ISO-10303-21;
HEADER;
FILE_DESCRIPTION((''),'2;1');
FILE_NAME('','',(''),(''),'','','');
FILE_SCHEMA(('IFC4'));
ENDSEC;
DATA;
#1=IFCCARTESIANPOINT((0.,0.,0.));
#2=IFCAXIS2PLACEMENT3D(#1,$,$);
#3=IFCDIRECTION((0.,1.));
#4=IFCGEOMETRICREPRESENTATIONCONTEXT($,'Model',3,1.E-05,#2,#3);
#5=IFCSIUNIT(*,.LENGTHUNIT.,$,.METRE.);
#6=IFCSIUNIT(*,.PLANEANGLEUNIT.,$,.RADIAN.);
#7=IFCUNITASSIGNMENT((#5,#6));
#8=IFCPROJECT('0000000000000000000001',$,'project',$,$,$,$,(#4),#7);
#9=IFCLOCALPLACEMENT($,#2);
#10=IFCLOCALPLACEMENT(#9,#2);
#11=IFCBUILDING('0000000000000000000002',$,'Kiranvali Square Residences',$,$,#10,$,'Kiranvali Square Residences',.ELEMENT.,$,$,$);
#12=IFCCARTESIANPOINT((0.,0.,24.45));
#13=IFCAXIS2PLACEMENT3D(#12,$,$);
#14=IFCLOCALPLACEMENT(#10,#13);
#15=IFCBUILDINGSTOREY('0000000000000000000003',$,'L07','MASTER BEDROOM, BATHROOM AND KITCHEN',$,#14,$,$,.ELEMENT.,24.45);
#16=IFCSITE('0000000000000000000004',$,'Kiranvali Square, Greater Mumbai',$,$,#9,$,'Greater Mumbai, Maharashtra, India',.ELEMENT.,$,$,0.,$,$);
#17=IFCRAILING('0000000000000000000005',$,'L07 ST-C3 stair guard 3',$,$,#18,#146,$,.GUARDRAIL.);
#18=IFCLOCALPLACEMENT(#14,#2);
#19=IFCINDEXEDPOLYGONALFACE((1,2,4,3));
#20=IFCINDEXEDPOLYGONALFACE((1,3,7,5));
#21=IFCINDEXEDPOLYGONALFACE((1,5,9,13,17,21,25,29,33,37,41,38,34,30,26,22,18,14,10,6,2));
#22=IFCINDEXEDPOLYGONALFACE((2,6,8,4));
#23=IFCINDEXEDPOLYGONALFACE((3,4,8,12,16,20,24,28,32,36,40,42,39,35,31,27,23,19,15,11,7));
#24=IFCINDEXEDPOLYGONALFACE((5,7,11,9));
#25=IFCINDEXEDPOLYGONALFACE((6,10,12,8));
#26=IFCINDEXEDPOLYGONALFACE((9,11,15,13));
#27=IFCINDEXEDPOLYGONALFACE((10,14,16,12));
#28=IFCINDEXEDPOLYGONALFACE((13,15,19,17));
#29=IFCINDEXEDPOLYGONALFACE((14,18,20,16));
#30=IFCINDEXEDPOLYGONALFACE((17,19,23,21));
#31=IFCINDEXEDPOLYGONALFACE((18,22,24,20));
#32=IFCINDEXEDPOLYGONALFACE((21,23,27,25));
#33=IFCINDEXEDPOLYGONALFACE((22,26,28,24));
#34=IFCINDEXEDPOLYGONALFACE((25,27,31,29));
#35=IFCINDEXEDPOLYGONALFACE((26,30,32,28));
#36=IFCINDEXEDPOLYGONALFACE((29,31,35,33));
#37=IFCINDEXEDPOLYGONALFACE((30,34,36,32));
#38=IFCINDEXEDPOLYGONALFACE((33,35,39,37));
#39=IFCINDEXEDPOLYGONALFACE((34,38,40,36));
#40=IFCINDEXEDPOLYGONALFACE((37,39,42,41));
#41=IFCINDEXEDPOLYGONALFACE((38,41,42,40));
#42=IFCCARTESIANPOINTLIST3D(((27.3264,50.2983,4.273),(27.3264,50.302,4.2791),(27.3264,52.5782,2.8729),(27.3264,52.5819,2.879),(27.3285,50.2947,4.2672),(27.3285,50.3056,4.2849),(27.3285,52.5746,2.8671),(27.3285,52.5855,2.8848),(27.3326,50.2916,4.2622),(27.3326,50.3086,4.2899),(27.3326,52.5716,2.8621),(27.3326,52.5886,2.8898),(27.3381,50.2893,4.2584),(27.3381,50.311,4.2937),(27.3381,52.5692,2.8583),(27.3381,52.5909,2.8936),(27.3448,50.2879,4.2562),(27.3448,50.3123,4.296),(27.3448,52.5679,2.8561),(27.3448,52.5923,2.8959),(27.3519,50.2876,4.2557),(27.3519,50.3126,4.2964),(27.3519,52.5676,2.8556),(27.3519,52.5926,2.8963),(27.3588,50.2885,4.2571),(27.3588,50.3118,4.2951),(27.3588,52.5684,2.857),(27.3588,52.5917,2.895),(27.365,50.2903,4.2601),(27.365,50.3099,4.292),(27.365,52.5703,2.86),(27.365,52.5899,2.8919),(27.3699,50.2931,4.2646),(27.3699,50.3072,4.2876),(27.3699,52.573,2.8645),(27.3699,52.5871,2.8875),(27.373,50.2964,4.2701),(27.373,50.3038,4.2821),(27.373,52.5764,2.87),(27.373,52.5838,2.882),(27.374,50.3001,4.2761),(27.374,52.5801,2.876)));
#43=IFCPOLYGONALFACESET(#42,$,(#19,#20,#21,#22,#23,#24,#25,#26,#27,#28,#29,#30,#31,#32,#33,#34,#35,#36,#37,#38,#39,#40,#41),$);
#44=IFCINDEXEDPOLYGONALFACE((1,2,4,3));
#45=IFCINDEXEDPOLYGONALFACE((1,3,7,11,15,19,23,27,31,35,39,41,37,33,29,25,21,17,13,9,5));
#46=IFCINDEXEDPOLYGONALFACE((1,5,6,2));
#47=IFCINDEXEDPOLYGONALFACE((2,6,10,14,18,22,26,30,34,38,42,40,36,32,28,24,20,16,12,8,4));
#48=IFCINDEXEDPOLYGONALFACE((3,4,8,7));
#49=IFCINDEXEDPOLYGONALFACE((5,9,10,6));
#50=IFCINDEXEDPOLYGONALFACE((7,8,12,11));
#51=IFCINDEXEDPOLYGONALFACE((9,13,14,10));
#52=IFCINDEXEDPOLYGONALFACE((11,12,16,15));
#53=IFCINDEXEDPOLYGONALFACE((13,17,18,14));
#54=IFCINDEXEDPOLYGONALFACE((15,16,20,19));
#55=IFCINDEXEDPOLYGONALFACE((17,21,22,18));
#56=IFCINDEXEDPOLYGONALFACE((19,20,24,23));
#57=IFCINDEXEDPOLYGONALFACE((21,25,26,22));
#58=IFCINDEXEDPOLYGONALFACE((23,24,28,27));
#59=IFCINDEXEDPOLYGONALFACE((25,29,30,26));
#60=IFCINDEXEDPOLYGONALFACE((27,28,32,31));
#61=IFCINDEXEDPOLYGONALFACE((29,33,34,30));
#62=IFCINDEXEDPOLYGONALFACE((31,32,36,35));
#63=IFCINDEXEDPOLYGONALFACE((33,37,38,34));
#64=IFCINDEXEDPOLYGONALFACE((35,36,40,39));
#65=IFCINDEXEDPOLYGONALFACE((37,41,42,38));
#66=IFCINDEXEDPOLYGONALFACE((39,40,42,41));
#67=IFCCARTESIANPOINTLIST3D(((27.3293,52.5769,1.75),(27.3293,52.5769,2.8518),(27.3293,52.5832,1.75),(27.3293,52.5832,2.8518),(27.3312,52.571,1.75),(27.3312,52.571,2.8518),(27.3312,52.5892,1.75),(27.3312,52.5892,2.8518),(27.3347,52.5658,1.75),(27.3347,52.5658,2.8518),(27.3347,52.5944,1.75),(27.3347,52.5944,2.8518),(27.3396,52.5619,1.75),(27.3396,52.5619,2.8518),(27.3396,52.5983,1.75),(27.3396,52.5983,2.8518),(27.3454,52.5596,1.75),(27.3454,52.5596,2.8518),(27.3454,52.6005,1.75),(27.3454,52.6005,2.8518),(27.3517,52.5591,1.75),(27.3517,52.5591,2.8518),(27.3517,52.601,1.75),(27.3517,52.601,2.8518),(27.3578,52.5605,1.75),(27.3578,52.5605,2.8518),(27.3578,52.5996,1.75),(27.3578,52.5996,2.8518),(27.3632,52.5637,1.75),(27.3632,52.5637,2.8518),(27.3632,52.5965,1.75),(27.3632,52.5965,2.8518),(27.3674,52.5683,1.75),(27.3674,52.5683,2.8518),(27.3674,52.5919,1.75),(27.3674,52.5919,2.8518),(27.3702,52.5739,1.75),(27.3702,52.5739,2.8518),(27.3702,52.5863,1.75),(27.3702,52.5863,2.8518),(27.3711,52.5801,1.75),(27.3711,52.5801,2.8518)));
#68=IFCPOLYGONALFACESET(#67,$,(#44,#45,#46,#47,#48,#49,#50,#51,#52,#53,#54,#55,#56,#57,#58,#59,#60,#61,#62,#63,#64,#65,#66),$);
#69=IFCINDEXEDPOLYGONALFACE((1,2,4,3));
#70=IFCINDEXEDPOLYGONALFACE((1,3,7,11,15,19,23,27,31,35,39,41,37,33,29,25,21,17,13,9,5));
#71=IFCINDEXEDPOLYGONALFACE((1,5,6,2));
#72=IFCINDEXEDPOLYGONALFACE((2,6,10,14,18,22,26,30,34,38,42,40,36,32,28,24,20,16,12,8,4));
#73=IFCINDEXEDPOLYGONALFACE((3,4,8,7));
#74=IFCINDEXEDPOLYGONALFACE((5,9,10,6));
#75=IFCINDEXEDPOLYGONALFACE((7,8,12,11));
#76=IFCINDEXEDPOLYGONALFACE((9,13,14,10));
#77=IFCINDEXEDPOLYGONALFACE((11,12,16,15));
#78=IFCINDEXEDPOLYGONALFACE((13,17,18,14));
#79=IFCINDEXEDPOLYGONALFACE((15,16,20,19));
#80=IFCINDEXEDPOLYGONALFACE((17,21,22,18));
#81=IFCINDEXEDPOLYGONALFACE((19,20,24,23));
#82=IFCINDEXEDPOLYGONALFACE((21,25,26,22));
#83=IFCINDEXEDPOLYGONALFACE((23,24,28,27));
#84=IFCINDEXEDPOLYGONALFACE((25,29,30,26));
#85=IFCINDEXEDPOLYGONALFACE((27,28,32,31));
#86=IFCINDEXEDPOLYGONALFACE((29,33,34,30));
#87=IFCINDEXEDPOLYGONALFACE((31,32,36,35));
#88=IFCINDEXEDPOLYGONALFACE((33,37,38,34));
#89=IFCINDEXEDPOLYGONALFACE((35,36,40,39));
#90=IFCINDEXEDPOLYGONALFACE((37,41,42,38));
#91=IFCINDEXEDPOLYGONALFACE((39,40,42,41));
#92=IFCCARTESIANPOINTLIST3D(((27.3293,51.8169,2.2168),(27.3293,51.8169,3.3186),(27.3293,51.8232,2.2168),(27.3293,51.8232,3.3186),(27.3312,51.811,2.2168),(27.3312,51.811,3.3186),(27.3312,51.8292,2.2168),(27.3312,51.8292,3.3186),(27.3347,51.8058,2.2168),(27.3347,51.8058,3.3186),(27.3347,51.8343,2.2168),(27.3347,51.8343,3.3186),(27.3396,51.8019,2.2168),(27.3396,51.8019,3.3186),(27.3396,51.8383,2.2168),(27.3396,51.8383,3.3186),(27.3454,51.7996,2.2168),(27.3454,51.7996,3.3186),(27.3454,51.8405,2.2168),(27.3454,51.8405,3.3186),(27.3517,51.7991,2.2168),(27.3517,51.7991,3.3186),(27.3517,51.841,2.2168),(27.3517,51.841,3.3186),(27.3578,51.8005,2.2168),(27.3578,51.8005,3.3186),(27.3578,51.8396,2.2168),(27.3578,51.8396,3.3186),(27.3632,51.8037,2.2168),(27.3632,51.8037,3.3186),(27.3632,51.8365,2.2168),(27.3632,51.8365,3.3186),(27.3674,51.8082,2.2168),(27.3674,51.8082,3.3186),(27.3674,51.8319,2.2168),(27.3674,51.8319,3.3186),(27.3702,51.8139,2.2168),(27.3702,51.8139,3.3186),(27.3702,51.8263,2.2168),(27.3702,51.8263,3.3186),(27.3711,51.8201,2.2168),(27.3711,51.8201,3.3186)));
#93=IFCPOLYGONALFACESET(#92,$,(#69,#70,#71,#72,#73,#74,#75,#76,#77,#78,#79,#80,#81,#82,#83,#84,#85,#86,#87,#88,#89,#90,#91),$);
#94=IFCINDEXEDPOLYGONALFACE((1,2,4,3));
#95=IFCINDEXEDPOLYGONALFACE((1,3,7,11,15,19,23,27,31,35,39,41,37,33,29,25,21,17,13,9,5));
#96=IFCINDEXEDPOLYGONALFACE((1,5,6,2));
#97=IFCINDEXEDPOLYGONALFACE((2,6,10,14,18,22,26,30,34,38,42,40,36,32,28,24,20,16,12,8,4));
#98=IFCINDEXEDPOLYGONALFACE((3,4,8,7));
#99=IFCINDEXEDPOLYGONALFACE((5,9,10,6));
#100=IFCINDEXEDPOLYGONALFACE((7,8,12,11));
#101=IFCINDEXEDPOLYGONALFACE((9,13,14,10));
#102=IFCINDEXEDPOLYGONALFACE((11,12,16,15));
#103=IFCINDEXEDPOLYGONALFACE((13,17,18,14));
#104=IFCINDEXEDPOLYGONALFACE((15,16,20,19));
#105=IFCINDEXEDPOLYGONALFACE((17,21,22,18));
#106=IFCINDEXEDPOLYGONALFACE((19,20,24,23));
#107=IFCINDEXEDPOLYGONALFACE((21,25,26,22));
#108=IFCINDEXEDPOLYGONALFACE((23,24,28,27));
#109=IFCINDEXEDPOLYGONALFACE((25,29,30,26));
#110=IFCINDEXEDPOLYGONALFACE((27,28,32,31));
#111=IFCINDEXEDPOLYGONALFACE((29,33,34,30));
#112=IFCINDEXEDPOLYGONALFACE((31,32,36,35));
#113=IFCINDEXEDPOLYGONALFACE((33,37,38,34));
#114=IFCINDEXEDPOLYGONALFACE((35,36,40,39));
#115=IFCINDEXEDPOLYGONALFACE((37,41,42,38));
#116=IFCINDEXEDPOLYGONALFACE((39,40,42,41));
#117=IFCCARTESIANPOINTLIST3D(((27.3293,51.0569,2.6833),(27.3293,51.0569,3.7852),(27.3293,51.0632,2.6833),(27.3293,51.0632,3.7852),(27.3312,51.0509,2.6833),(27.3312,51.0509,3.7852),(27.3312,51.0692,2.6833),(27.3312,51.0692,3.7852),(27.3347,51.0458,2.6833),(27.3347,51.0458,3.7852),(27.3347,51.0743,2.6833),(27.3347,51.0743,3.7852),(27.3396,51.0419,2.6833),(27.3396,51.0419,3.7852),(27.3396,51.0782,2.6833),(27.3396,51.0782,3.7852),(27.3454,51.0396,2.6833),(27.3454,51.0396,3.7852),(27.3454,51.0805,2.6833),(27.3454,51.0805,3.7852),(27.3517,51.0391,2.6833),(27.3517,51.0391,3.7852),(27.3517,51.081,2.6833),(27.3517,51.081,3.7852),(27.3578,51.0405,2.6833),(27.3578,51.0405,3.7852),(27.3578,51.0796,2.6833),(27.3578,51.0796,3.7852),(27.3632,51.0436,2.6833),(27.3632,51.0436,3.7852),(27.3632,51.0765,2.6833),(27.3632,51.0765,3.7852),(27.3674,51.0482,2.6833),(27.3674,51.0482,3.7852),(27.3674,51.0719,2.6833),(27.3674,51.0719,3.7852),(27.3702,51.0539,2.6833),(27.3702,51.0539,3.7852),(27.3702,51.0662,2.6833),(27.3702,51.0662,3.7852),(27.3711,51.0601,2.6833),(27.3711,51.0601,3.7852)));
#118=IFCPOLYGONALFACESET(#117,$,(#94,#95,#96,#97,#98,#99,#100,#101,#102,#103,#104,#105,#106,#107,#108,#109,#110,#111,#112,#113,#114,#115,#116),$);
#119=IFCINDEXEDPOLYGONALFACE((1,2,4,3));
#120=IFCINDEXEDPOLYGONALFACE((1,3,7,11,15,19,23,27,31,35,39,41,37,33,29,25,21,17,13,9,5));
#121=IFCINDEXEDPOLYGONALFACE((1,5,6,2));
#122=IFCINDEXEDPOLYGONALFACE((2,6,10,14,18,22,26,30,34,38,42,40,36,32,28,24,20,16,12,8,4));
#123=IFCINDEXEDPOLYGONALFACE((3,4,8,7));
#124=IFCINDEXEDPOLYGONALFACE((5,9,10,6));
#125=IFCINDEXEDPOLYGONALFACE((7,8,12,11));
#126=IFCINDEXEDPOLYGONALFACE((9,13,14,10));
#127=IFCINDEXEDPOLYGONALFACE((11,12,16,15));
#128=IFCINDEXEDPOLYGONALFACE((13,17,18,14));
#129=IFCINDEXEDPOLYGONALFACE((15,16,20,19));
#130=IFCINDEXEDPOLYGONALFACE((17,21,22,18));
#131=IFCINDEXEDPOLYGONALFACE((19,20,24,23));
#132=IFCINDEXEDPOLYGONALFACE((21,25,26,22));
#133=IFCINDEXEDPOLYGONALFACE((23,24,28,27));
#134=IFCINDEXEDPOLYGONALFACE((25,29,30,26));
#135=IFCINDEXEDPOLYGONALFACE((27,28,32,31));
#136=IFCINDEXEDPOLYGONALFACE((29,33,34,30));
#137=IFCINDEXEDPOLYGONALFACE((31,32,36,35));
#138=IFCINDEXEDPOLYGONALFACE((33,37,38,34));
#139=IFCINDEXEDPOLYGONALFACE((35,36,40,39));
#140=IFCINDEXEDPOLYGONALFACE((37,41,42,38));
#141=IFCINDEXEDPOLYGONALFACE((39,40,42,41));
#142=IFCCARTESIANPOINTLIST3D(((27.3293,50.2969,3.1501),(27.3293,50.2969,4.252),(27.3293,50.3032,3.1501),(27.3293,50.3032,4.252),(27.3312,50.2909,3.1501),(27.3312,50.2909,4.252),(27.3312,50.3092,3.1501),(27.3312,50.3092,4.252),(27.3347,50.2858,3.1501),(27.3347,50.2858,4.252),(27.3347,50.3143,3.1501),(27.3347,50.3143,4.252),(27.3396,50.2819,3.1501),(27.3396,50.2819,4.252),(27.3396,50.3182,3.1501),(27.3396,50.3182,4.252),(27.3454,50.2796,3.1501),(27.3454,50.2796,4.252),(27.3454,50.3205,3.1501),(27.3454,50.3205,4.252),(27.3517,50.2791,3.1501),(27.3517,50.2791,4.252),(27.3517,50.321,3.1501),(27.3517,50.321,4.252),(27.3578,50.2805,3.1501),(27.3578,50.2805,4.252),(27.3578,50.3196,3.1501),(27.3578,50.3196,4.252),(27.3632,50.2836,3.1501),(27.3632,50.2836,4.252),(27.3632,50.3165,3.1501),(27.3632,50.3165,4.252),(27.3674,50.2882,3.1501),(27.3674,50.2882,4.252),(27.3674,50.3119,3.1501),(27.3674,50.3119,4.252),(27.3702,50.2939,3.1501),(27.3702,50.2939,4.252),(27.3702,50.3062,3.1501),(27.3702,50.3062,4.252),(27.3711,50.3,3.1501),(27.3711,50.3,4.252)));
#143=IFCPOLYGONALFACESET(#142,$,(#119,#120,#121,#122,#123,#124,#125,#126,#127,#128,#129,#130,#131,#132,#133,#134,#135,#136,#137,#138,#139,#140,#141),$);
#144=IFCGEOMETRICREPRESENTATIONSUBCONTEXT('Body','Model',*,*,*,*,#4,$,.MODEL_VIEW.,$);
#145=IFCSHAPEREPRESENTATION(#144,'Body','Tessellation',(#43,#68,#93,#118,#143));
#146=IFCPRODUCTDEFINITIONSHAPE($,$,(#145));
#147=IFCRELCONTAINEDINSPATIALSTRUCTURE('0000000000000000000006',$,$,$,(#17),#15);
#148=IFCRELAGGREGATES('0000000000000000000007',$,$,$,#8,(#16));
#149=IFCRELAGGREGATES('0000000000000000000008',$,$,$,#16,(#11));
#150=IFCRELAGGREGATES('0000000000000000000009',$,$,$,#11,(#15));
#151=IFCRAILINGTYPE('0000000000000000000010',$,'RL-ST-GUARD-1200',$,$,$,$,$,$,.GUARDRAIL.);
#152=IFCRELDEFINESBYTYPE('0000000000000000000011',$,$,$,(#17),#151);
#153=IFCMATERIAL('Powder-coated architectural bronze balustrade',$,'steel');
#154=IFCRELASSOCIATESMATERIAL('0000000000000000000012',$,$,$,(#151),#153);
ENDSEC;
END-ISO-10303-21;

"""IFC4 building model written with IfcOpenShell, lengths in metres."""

from ifc_helpers import new_model, si_unit, direction, frame, origin, origin_2d, place, context, subcontext, project, spatial, circle, extrude, material, type_object, element, save


model = new_model("IFC4")

# Units and contexts
model_context = context("Model", 3, precision=1e-05, world=origin(), true_north=direction((0.0, 1.0)))
body_context = subcontext(model_context, "Body", "Model", "MODEL_VIEW")
ifc_project = project(units=[si_unit("LENGTHUNIT", "METRE"), si_unit("PLANEANGLEUNIT", "RADIAN")], contexts=[model_context])

# Site, building, storey
site_placement = place(None, origin())
site = spatial("IfcSite", under=ifc_project, at=site_placement, Name="Kiranvali Square, Greater Mumbai", LongName="Greater Mumbai, Maharashtra, India", CompositionType="ELEMENT", RefElevation=0.0)
building_placement = place(site_placement, origin())
building = spatial("IfcBuilding", under=site, at=building_placement, Name="Kiranvali Square Residences", LongName="Kiranvali Square Residences", CompositionType="ELEMENT")
storey_placement = place(building_placement, frame((0.0, 0.0, 24.45)))
storey = spatial("IfcBuildingStorey", under=building, at=storey_placement, Name="L07", Description="MASTER BEDROOM, BATHROOM AND KITCHEN", CompositionType="ELEMENT", Elevation=24.45)

# Railing
ifc_material_1 = material(Name="Powder-coated architectural bronze balustrade", Category="steel")
railing_type_1 = type_object("IfcRailingType", Name="RL-ST-GUARD-1200", PredefinedType="GUARDRAIL", material=ifc_material_1)
railing_1_placement = place(storey_placement, frame((27.3501, 52.5801, 1.75)))
element("IfcRailing", 1, at=railing_1_placement, inside=storey, type_object=railing_type_1, Name="L07 ST-C3 stair guard 3", PredefinedType="GUARDRAIL", context=body_context, shape_type="SweptSolid", body=[
    extrude(circle(Radius=0.0239, at=origin_2d()), frame((0.0, 0.0, 1.126), z_axis=(0.0, -0.85215, 0.523298), x_axis=(1.0, 0.0, 0.0)), (0.0, 0.0, 1.0), 2.6755),
    extrude(circle(Radius=0.021, at=origin_2d()), origin(), (0.0, 0.0, 1.0), 1.1018),
    extrude(circle(Radius=0.021, at=origin_2d()), frame((0.0, -0.76, 0.4668)), (0.0, 0.0, 1.0), 1.1018),
    extrude(circle(Radius=0.021, at=origin_2d()), frame((0.0, -1.52, 0.9333)), (0.0, 0.0, 1.0), 1.1018),
    extrude(circle(Radius=0.021, at=origin_2d()), frame((0.0, -2.28, 1.4001)), (0.0, 0.0, 1.0), 1.1018),
])

save(model, "model.ifc")
